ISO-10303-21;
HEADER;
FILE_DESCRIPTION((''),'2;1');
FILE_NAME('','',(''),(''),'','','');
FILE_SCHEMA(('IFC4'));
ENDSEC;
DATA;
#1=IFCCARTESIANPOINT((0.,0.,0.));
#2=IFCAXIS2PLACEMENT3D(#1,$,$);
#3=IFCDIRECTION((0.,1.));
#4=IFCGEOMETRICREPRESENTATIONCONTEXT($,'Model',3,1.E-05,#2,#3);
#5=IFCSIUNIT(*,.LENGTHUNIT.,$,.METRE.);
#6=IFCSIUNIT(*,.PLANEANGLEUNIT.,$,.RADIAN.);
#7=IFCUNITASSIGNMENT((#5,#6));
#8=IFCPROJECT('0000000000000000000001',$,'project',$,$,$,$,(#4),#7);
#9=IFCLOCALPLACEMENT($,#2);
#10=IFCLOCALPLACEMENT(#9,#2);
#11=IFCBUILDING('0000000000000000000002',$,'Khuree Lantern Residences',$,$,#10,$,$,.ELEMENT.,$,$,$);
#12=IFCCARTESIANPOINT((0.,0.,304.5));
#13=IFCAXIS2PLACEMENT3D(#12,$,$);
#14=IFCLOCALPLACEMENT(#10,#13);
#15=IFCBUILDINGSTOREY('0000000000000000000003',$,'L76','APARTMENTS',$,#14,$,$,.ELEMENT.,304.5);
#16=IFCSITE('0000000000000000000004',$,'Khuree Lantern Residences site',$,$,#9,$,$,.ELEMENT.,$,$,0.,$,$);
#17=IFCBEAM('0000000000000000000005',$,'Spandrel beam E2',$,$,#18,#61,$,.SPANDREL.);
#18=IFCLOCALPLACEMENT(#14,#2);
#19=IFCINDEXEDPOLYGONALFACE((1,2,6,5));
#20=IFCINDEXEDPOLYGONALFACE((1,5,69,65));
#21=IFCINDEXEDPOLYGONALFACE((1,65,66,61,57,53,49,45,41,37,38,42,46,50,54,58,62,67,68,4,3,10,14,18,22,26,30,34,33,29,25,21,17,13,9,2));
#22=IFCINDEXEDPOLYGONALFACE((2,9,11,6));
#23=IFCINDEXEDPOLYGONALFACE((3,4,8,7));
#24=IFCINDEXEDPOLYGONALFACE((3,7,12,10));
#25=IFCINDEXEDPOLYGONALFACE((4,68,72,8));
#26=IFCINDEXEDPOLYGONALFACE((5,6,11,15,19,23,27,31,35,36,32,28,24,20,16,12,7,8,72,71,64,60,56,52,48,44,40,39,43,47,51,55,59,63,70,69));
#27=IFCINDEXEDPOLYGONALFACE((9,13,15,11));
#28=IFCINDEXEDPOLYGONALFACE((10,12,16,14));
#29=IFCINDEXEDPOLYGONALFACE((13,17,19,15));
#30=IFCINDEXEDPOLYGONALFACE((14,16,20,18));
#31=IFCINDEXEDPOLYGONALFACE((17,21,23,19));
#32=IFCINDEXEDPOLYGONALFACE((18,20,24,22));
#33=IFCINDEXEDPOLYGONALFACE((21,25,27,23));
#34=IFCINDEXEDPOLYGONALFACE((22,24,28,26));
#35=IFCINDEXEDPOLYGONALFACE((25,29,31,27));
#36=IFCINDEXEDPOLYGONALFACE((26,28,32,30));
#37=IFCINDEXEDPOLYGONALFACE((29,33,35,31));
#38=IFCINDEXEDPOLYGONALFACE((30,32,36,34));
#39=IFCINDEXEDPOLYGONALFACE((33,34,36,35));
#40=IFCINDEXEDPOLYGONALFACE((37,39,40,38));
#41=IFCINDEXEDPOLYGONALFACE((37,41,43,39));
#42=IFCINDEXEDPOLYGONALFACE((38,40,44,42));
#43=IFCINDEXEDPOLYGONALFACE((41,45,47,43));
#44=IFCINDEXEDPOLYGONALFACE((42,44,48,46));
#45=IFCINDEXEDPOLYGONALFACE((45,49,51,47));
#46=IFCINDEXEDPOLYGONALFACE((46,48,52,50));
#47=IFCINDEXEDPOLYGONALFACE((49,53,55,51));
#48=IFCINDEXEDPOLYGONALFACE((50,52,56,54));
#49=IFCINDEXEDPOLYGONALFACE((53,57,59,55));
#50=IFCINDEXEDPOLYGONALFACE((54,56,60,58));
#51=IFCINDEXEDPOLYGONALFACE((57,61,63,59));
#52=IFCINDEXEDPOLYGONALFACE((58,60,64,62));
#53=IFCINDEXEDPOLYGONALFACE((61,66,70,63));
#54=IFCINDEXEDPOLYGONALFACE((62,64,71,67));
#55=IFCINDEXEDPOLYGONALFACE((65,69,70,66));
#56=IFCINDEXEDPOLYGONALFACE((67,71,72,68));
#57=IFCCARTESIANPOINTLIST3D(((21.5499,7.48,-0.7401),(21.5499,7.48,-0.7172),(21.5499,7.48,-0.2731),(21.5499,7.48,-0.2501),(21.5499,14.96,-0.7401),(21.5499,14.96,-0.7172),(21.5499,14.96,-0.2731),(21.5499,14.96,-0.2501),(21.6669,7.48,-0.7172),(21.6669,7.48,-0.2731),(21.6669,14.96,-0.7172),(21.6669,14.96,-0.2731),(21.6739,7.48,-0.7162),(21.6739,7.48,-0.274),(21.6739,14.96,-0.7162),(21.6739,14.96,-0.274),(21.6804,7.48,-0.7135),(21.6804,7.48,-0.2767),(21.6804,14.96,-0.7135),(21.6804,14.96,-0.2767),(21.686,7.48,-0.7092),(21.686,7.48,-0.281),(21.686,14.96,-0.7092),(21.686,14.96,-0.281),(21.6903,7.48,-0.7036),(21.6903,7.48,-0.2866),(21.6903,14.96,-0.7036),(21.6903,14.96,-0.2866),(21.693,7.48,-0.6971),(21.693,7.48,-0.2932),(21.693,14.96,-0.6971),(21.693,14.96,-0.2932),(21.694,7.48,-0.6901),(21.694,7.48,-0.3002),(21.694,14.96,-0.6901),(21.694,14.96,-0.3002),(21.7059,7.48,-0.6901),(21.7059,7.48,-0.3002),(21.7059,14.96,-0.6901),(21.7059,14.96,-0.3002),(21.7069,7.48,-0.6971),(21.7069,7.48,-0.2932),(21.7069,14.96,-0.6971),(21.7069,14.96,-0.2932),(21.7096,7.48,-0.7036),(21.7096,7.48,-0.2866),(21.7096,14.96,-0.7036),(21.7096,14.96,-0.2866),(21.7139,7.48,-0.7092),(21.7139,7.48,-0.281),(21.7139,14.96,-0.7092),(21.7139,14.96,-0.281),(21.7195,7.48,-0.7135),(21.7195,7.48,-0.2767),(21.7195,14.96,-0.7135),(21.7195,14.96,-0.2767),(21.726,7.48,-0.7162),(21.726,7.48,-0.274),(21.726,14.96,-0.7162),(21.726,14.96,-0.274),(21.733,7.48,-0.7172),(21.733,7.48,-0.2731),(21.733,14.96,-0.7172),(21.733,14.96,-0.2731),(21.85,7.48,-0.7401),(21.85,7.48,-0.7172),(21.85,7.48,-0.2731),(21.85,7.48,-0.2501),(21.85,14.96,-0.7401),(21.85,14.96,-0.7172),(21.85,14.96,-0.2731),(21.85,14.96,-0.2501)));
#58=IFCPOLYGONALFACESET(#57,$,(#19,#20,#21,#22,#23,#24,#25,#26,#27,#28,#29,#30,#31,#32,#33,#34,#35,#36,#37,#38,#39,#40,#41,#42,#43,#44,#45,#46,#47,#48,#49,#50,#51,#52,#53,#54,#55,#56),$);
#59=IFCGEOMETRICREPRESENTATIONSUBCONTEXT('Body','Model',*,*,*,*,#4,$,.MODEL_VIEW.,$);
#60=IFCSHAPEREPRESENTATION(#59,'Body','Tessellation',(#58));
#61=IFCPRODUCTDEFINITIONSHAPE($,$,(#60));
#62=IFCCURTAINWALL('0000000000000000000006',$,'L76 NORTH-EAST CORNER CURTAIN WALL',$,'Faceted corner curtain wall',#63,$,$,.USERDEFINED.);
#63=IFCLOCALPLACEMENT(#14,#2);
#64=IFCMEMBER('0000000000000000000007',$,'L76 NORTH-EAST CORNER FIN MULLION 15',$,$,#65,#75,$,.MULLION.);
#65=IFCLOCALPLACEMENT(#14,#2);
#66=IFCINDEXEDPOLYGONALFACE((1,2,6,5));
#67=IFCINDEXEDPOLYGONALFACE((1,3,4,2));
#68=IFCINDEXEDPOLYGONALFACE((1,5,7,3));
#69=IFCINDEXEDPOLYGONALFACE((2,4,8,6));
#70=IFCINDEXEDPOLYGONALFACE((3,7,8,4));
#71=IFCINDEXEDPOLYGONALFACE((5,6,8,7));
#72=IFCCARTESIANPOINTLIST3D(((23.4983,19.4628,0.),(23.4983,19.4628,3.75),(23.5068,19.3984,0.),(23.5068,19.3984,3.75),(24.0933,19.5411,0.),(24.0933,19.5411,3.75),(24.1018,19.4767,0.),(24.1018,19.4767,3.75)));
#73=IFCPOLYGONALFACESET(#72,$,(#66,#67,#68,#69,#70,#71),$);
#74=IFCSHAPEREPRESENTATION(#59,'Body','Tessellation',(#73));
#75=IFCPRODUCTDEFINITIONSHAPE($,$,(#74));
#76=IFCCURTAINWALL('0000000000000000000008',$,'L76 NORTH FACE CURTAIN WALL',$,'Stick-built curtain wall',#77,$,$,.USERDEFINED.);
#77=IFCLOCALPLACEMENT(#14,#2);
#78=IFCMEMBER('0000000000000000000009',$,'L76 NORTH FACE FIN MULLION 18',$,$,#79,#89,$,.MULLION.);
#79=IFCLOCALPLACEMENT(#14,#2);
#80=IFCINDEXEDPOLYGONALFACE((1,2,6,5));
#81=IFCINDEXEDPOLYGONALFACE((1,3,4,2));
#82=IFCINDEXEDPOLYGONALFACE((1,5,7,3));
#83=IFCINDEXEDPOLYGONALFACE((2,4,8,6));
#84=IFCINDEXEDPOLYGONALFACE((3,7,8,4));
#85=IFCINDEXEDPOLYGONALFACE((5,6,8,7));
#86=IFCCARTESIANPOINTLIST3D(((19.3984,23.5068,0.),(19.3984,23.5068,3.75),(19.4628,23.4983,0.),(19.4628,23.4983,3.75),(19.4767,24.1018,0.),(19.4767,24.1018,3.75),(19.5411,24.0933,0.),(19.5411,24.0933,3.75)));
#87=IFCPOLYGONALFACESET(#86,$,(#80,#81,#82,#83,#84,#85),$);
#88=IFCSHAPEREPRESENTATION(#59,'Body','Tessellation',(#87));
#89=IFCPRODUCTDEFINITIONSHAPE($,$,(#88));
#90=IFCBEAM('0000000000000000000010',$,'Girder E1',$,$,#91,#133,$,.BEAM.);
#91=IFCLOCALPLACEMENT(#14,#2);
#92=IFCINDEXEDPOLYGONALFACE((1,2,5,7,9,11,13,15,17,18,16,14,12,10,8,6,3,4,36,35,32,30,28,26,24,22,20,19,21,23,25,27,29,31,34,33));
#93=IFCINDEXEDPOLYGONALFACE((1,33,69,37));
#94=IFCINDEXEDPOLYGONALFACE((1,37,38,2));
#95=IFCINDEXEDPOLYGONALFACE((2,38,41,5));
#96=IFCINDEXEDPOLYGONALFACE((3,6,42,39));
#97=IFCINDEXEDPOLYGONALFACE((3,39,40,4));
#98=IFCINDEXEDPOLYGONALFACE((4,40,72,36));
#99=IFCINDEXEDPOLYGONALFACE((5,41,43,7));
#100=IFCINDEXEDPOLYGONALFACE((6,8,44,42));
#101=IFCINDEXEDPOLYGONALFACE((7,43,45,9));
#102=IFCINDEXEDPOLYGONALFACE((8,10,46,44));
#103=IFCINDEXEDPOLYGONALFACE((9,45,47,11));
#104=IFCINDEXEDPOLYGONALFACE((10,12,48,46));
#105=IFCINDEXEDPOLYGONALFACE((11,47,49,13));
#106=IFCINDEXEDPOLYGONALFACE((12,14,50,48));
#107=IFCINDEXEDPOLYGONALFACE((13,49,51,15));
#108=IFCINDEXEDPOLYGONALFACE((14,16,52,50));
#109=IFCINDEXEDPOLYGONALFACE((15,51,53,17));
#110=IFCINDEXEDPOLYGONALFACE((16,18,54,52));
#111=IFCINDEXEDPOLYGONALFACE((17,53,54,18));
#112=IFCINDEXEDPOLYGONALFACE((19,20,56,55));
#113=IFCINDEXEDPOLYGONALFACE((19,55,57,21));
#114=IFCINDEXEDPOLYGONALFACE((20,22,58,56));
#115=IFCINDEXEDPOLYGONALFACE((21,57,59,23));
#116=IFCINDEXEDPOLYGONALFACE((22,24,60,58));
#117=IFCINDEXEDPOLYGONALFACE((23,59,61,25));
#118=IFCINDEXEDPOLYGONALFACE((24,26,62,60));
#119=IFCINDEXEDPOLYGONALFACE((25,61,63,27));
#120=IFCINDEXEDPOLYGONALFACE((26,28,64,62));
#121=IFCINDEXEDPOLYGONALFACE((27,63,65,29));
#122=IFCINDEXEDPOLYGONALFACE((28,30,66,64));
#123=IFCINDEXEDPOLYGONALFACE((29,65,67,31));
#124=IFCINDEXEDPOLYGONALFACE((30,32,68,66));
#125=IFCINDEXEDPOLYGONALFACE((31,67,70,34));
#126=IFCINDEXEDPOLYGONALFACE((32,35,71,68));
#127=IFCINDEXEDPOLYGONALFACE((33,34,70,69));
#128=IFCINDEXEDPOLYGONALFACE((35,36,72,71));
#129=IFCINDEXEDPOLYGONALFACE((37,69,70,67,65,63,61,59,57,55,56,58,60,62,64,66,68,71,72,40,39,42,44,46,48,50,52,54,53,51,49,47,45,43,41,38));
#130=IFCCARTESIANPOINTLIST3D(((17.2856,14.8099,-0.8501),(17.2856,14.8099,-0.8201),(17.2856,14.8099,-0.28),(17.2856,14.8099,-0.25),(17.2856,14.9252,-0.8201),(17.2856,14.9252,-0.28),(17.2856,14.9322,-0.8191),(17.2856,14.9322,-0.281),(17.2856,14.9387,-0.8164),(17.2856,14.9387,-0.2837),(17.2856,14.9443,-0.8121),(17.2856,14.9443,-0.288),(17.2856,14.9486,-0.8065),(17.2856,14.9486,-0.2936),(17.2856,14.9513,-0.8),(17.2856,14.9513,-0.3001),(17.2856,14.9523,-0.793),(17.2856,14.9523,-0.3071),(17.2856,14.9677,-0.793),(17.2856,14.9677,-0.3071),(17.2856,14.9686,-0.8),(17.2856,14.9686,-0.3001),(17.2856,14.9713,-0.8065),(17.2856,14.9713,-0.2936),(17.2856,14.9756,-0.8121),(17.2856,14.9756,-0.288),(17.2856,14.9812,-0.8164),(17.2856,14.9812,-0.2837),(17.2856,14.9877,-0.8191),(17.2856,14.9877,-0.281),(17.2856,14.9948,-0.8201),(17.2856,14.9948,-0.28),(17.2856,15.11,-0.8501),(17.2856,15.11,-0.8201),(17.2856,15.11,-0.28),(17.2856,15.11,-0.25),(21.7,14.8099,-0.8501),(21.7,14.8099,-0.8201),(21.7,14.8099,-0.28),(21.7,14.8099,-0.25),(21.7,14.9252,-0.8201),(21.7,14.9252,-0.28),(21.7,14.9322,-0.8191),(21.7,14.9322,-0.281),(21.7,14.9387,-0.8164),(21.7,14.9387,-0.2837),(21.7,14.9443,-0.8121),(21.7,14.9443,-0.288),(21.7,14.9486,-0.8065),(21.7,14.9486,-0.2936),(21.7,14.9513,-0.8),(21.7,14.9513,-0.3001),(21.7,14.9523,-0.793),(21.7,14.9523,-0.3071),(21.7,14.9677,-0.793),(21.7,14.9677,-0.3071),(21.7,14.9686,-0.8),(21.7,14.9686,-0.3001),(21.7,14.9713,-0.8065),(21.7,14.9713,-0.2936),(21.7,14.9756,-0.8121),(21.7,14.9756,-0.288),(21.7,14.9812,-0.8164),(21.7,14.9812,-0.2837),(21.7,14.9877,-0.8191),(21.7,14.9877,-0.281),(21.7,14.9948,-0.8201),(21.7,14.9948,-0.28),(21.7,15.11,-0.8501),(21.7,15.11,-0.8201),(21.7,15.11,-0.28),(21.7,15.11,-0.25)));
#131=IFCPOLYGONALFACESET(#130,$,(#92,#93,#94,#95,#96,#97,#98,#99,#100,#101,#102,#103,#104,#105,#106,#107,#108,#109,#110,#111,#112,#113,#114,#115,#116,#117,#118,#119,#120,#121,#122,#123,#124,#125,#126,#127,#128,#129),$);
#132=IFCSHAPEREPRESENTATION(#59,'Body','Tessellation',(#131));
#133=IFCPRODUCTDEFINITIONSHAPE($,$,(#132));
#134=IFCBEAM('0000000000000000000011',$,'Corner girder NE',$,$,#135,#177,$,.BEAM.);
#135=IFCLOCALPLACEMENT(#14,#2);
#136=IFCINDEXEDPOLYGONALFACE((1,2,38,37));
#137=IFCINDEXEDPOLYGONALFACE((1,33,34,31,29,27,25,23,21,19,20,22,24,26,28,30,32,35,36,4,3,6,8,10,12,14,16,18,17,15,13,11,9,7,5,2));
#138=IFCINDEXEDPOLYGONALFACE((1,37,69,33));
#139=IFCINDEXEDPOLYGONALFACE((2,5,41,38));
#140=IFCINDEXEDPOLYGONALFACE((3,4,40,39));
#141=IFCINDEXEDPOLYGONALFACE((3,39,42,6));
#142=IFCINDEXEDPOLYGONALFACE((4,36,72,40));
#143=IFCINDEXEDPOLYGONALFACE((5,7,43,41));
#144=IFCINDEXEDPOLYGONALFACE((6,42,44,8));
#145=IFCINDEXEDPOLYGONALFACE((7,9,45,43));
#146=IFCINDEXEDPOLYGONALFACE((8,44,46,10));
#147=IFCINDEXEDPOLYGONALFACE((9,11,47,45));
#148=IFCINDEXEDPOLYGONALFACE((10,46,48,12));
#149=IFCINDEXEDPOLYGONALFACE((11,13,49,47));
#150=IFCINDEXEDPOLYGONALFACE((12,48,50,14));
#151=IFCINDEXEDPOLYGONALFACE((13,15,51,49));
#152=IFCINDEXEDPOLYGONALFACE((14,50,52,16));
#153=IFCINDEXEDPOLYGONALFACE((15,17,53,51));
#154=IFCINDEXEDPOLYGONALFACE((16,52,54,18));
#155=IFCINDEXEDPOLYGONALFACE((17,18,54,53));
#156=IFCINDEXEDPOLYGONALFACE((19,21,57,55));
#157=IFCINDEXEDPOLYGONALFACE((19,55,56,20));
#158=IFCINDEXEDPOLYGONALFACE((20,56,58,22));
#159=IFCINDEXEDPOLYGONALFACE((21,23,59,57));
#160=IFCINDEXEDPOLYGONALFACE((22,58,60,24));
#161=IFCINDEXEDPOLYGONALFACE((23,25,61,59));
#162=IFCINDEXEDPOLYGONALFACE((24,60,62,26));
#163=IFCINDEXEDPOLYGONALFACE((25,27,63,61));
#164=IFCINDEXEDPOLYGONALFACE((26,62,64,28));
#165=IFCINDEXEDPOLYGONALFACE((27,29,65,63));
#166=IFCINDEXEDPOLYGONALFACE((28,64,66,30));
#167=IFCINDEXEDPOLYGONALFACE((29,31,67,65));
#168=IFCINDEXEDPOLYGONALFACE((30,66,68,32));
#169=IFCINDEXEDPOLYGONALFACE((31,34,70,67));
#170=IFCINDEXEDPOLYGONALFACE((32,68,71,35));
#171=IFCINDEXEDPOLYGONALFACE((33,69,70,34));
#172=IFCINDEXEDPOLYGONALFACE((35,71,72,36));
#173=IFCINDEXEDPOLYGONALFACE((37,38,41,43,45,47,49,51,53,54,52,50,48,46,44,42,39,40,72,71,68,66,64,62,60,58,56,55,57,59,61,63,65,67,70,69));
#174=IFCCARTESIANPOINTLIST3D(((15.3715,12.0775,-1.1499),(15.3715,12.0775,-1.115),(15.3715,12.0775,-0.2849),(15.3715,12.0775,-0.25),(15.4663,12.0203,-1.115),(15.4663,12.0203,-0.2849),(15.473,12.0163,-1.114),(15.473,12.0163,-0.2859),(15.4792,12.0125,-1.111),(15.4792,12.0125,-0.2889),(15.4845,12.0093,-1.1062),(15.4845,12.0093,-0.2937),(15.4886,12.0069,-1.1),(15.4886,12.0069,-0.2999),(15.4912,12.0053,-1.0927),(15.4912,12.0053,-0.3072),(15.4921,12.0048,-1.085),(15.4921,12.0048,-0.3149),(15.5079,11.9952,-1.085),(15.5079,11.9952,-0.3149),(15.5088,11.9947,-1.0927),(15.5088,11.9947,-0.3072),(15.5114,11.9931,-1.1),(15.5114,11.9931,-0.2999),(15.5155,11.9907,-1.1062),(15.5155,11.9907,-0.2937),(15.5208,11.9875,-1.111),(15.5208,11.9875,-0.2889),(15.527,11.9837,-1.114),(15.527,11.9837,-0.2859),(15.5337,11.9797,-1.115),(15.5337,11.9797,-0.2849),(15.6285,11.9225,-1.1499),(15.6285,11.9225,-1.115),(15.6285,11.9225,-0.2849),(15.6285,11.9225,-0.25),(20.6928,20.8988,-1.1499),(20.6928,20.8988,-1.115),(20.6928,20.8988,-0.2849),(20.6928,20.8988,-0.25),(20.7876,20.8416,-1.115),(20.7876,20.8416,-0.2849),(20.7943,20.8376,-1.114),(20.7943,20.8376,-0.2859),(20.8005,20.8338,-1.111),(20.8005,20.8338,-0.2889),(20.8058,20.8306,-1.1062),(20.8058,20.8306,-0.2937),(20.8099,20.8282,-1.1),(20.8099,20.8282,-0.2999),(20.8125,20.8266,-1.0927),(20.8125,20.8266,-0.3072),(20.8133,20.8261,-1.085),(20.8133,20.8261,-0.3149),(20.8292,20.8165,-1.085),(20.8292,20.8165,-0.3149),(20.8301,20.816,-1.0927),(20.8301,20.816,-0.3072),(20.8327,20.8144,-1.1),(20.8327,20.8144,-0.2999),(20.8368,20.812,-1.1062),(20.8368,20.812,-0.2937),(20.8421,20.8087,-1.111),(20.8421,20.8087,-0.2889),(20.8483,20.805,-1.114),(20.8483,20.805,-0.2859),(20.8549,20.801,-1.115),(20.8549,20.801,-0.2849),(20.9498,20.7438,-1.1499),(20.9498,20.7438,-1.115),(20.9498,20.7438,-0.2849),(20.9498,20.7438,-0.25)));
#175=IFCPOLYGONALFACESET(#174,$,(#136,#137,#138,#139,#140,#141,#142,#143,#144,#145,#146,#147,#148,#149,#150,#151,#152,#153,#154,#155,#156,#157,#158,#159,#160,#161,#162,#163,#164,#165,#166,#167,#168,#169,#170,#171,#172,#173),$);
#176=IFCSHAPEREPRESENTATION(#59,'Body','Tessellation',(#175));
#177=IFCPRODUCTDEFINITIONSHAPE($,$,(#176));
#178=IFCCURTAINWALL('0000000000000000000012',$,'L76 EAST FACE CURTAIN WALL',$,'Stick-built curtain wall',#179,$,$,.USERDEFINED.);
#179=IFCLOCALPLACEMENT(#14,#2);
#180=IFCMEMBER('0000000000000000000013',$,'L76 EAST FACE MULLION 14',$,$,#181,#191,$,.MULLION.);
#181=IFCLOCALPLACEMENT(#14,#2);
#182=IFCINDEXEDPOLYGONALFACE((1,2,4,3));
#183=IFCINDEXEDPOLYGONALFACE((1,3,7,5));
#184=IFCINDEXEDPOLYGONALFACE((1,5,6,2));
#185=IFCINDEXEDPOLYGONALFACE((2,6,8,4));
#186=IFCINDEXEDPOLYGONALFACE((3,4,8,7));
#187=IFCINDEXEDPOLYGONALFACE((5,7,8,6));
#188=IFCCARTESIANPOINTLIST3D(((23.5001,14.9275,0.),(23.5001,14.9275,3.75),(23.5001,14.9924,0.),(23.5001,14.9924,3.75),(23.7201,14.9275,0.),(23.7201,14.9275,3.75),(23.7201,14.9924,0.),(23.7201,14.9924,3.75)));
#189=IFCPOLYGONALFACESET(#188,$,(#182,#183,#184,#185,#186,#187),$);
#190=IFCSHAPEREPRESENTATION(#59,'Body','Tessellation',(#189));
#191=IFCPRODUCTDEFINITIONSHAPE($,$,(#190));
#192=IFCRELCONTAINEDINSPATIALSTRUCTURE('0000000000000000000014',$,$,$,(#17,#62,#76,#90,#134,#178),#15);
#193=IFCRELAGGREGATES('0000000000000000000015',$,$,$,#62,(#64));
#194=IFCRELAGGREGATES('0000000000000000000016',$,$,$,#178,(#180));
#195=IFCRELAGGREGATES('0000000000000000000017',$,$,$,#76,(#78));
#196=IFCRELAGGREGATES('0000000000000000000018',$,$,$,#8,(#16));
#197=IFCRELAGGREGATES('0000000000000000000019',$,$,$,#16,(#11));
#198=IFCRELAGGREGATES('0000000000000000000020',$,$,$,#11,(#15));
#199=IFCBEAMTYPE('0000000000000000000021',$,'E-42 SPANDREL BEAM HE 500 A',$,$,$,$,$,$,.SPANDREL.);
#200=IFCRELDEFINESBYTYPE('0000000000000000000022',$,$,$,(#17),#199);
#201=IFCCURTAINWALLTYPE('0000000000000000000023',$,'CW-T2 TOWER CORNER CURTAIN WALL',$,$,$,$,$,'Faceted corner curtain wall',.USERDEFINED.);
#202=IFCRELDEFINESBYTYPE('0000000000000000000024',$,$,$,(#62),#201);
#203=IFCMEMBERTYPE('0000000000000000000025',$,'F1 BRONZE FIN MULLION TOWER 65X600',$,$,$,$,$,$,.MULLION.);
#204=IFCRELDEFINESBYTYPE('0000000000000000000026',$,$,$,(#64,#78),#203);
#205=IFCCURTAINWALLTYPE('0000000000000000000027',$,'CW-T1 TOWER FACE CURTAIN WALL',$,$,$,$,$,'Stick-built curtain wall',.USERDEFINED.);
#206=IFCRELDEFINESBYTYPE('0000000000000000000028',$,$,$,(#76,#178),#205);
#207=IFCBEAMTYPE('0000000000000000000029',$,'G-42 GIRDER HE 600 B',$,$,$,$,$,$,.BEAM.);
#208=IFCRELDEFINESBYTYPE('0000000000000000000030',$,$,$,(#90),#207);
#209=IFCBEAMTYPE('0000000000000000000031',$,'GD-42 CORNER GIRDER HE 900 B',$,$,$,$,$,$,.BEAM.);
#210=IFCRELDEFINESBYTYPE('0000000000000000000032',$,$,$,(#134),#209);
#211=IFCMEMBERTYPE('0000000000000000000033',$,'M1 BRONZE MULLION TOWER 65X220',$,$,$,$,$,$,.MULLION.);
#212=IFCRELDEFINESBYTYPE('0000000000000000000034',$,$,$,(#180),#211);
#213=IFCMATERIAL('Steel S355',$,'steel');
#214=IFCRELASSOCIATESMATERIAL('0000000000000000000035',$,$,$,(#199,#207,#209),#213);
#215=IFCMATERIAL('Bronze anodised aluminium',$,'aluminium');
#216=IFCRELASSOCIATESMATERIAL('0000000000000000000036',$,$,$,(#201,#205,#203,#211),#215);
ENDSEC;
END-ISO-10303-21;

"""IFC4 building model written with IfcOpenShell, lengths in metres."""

from ifc_helpers import new_model, si_unit, direction, frame, origin, origin_2d, place, context, subcontext, project, spatial, rectangle, i_section, extrude, material, material_profile, profile_set, type_object, element, aggregate, save


model = new_model("IFC4")

# Units and contexts
model_context = context("Model", 3, precision=1e-05, world=origin(), true_north=direction((0.0, 1.0)))
body_context = subcontext(model_context, "Body", "Model", "MODEL_VIEW")
ifc_project = project(units=[si_unit("LENGTHUNIT", "METRE"), si_unit("PLANEANGLEUNIT", "RADIAN")], contexts=[model_context])

# Site, building, storey
site_placement = place(None, origin())
site = spatial("IfcSite", under=ifc_project, at=site_placement, Name="Khuree Lantern Residences site", CompositionType="ELEMENT", RefElevation=0.0)
building_placement = place(site_placement, origin())
building = spatial("IfcBuilding", under=site, at=building_placement, Name="Khuree Lantern Residences", CompositionType="ELEMENT")
storey_placement = place(building_placement, frame((0.0, 0.0, 304.5)))
storey = spatial("IfcBuildingStorey", under=building, at=storey_placement, Name="L76", Description="APARTMENTS", CompositionType="ELEMENT", Elevation=304.5)

# Beam
ifc_material_1 = material(Name="Steel S355", Category="steel")
ifc_material_profile_1 = material_profile(ifc_material_1, i_section(OverallWidth=0.3, OverallDepth=0.49, WebThickness=0.012, FlangeThickness=0.0229, FilletRadius=0.0271, at=origin_2d()), Name="HE 500 A")
ifc_profile_set_1 = profile_set([ifc_material_profile_1], Name="Steel S355")
beam_type_1 = type_object("IfcBeamType", Name="E-42 SPANDREL BEAM HE 500 A", PredefinedType="SPANDREL", material=ifc_profile_set_1)
beam_1_placement = place(storey_placement, frame((21.7, 14.96, -0.4951), z_axis=(0.0, -1.0, 0.0), x_axis=(1.0, 0.0, 0.0)))
element("IfcBeam", 1, at=beam_1_placement, inside=storey, type_object=beam_type_1, Name="Spandrel beam E2", PredefinedType="SPANDREL", context=body_context, shape_type="SweptSolid", body=[
    extrude(i_section(OverallWidth=0.3, OverallDepth=0.49, WebThickness=0.012, FlangeThickness=0.0229, FilletRadius=0.0271, at=origin_2d()), origin(), (0.0, 0.0, 1.0), 7.48),
])

# Curtain walls, members
ifc_material_2 = material(Name="Bronze anodised aluminium", Category="aluminium")
curtain_wall_type_1 = type_object("IfcCurtainWallType", Name="CW-T2 TOWER CORNER CURTAIN WALL", ElementType="Faceted corner curtain wall", PredefinedType="USERDEFINED", material=ifc_material_2)
curtain_wall_1_placement = place(storey_placement, origin())
curtain_wall_1 = element("IfcCurtainWall", 2, at=curtain_wall_1_placement, inside=storey, type_object=curtain_wall_type_1, Name="L76 NORTH-EAST CORNER CURTAIN WALL", ObjectType="Faceted corner curtain wall", PredefinedType="USERDEFINED")
ifc_material_profile_2 = material_profile(ifc_material_2, rectangle(XDim=0.0649, YDim=0.6001, at=origin_2d()), Name="F1 65X600")
ifc_profile_set_2 = profile_set([ifc_material_profile_2], Name="Bronze anodised aluminium")
member_type_1 = type_object("IfcMemberType", Name="F1 BRONZE FIN MULLION TOWER 65X600", PredefinedType="MULLION", material=ifc_profile_set_2)
member_1_placement = place(storey_placement, frame((23.8, 19.4697, 0.0), z_axis=(0.0, 0.0, 1.0), x_axis=(-0.130526, 0.991445, 0.0)))
member_1 = element("IfcMember", 3, at=member_1_placement, type_object=member_type_1, Name="L76 NORTH-EAST CORNER FIN MULLION 15", PredefinedType="MULLION", context=body_context, shape_type="SweptSolid", body=[
    extrude(rectangle(XDim=0.0649, YDim=0.6001, at=origin_2d()), origin(), (0.0, 0.0, 1.0), 3.75),
])
curtain_wall_type_2 = type_object("IfcCurtainWallType", Name="CW-T1 TOWER FACE CURTAIN WALL", ElementType="Stick-built curtain wall", PredefinedType="USERDEFINED", material=ifc_material_2)
curtain_wall_2_placement = place(storey_placement, origin())
curtain_wall_2 = element("IfcCurtainWall", 4, at=curtain_wall_2_placement, inside=storey, type_object=curtain_wall_type_2, Name="L76 NORTH FACE CURTAIN WALL", ObjectType="Stick-built curtain wall", PredefinedType="USERDEFINED")
member_2_placement = place(storey_placement, frame((19.4697, 23.8, 0.0), z_axis=(0.0, 0.0, 1.0), x_axis=(-0.991445, 0.130526, 0.0)))
member_2 = element("IfcMember", 5, at=member_2_placement, type_object=member_type_1, Name="L76 NORTH FACE FIN MULLION 18", PredefinedType="MULLION", context=body_context, shape_type="SweptSolid", body=[
    extrude(rectangle(XDim=0.0649, YDim=0.6001, at=origin_2d()), origin(), (0.0, 0.0, 1.0), 3.75),
])

# Beams
ifc_material_profile_3 = material_profile(ifc_material_1, i_section(OverallWidth=0.3, OverallDepth=0.6001, WebThickness=0.0154, FlangeThickness=0.03, FilletRadius=0.0271, at=origin_2d()), Name="HE 600 B")
ifc_profile_set_3 = profile_set([ifc_material_profile_3], Name="Steel S355")
beam_type_2 = type_object("IfcBeamType", Name="G-42 GIRDER HE 600 B", PredefinedType="BEAM", material=ifc_profile_set_3)
beam_2_placement = place(storey_placement, frame((21.7, 14.96, -0.55), z_axis=(-1.0, 0.0, 0.0), x_axis=(0.0, -1.0, 0.0)))
element("IfcBeam", 6, at=beam_2_placement, inside=storey, type_object=beam_type_2, Name="Girder E1", PredefinedType="BEAM", context=body_context, shape_type="SweptSolid", body=[
    extrude(i_section(OverallWidth=0.3, OverallDepth=0.6001, WebThickness=0.0154, FlangeThickness=0.03, FilletRadius=0.0271, at=origin_2d()), origin(), (0.0, 0.0, 1.0), 4.4143),
])
ifc_material_profile_4 = material_profile(ifc_material_1, i_section(OverallWidth=0.3, OverallDepth=0.8999, WebThickness=0.0186, FlangeThickness=0.0349, FilletRadius=0.03, at=origin_2d()), Name="HE 900 B")
ifc_profile_set_4 = profile_set([ifc_material_profile_4], Name="Steel S355")
beam_type_3 = type_object("IfcBeamType", Name="GD-42 CORNER GIRDER HE 900 B", PredefinedType="BEAM", material=ifc_profile_set_4)
beam_3_placement = place(storey_placement, frame((20.8213, 20.8213, -0.7), z_axis=(-0.51653, -0.856269, 0.0), x_axis=(0.856269, -0.51653, 0.0)))
element("IfcBeam", 7, at=beam_3_placement, inside=storey, type_object=beam_type_3, Name="Corner girder NE", PredefinedType="BEAM", context=body_context, shape_type="SweptSolid", body=[
    extrude(i_section(OverallWidth=0.3, OverallDepth=0.8999, WebThickness=0.0186, FlangeThickness=0.0349, FilletRadius=0.03, at=origin_2d()), origin(), (0.0, 0.0, 1.0), 10.302),
])

# Curtain wall, member
curtain_wall_3_placement = place(storey_placement, origin())
curtain_wall_3 = element("IfcCurtainWall", 8, at=curtain_wall_3_placement, inside=storey, type_object=curtain_wall_type_2, Name="L76 EAST FACE CURTAIN WALL", ObjectType="Stick-built curtain wall", PredefinedType="USERDEFINED")
ifc_material_profile_5 = material_profile(ifc_material_2, rectangle(XDim=0.0649, YDim=0.22, at=origin_2d()), Name="M1 65X220")
ifc_profile_set_5 = profile_set([ifc_material_profile_5], Name="Bronze anodised aluminium")
member_type_2 = type_object("IfcMemberType", Name="M1 BRONZE MULLION TOWER 65X220", PredefinedType="MULLION", material=ifc_profile_set_5)
member_3_placement = place(storey_placement, frame((23.6101, 14.96, 0.0), z_axis=(0.0, 0.0, 1.0), x_axis=(0.0, 1.0, 0.0)))
member_3 = element("IfcMember", 9, at=member_3_placement, type_object=member_type_2, Name="L76 EAST FACE MULLION 14", PredefinedType="MULLION", context=body_context, shape_type="SweptSolid", body=[
    extrude(rectangle(XDim=0.0649, YDim=0.22, at=origin_2d()), origin(), (0.0, 0.0, 1.0), 3.75),
])

aggregate(curtain_wall_1, [member_1])
aggregate(curtain_wall_3, [member_3])
aggregate(curtain_wall_2, [member_2])

save(model, "model.ifc")
